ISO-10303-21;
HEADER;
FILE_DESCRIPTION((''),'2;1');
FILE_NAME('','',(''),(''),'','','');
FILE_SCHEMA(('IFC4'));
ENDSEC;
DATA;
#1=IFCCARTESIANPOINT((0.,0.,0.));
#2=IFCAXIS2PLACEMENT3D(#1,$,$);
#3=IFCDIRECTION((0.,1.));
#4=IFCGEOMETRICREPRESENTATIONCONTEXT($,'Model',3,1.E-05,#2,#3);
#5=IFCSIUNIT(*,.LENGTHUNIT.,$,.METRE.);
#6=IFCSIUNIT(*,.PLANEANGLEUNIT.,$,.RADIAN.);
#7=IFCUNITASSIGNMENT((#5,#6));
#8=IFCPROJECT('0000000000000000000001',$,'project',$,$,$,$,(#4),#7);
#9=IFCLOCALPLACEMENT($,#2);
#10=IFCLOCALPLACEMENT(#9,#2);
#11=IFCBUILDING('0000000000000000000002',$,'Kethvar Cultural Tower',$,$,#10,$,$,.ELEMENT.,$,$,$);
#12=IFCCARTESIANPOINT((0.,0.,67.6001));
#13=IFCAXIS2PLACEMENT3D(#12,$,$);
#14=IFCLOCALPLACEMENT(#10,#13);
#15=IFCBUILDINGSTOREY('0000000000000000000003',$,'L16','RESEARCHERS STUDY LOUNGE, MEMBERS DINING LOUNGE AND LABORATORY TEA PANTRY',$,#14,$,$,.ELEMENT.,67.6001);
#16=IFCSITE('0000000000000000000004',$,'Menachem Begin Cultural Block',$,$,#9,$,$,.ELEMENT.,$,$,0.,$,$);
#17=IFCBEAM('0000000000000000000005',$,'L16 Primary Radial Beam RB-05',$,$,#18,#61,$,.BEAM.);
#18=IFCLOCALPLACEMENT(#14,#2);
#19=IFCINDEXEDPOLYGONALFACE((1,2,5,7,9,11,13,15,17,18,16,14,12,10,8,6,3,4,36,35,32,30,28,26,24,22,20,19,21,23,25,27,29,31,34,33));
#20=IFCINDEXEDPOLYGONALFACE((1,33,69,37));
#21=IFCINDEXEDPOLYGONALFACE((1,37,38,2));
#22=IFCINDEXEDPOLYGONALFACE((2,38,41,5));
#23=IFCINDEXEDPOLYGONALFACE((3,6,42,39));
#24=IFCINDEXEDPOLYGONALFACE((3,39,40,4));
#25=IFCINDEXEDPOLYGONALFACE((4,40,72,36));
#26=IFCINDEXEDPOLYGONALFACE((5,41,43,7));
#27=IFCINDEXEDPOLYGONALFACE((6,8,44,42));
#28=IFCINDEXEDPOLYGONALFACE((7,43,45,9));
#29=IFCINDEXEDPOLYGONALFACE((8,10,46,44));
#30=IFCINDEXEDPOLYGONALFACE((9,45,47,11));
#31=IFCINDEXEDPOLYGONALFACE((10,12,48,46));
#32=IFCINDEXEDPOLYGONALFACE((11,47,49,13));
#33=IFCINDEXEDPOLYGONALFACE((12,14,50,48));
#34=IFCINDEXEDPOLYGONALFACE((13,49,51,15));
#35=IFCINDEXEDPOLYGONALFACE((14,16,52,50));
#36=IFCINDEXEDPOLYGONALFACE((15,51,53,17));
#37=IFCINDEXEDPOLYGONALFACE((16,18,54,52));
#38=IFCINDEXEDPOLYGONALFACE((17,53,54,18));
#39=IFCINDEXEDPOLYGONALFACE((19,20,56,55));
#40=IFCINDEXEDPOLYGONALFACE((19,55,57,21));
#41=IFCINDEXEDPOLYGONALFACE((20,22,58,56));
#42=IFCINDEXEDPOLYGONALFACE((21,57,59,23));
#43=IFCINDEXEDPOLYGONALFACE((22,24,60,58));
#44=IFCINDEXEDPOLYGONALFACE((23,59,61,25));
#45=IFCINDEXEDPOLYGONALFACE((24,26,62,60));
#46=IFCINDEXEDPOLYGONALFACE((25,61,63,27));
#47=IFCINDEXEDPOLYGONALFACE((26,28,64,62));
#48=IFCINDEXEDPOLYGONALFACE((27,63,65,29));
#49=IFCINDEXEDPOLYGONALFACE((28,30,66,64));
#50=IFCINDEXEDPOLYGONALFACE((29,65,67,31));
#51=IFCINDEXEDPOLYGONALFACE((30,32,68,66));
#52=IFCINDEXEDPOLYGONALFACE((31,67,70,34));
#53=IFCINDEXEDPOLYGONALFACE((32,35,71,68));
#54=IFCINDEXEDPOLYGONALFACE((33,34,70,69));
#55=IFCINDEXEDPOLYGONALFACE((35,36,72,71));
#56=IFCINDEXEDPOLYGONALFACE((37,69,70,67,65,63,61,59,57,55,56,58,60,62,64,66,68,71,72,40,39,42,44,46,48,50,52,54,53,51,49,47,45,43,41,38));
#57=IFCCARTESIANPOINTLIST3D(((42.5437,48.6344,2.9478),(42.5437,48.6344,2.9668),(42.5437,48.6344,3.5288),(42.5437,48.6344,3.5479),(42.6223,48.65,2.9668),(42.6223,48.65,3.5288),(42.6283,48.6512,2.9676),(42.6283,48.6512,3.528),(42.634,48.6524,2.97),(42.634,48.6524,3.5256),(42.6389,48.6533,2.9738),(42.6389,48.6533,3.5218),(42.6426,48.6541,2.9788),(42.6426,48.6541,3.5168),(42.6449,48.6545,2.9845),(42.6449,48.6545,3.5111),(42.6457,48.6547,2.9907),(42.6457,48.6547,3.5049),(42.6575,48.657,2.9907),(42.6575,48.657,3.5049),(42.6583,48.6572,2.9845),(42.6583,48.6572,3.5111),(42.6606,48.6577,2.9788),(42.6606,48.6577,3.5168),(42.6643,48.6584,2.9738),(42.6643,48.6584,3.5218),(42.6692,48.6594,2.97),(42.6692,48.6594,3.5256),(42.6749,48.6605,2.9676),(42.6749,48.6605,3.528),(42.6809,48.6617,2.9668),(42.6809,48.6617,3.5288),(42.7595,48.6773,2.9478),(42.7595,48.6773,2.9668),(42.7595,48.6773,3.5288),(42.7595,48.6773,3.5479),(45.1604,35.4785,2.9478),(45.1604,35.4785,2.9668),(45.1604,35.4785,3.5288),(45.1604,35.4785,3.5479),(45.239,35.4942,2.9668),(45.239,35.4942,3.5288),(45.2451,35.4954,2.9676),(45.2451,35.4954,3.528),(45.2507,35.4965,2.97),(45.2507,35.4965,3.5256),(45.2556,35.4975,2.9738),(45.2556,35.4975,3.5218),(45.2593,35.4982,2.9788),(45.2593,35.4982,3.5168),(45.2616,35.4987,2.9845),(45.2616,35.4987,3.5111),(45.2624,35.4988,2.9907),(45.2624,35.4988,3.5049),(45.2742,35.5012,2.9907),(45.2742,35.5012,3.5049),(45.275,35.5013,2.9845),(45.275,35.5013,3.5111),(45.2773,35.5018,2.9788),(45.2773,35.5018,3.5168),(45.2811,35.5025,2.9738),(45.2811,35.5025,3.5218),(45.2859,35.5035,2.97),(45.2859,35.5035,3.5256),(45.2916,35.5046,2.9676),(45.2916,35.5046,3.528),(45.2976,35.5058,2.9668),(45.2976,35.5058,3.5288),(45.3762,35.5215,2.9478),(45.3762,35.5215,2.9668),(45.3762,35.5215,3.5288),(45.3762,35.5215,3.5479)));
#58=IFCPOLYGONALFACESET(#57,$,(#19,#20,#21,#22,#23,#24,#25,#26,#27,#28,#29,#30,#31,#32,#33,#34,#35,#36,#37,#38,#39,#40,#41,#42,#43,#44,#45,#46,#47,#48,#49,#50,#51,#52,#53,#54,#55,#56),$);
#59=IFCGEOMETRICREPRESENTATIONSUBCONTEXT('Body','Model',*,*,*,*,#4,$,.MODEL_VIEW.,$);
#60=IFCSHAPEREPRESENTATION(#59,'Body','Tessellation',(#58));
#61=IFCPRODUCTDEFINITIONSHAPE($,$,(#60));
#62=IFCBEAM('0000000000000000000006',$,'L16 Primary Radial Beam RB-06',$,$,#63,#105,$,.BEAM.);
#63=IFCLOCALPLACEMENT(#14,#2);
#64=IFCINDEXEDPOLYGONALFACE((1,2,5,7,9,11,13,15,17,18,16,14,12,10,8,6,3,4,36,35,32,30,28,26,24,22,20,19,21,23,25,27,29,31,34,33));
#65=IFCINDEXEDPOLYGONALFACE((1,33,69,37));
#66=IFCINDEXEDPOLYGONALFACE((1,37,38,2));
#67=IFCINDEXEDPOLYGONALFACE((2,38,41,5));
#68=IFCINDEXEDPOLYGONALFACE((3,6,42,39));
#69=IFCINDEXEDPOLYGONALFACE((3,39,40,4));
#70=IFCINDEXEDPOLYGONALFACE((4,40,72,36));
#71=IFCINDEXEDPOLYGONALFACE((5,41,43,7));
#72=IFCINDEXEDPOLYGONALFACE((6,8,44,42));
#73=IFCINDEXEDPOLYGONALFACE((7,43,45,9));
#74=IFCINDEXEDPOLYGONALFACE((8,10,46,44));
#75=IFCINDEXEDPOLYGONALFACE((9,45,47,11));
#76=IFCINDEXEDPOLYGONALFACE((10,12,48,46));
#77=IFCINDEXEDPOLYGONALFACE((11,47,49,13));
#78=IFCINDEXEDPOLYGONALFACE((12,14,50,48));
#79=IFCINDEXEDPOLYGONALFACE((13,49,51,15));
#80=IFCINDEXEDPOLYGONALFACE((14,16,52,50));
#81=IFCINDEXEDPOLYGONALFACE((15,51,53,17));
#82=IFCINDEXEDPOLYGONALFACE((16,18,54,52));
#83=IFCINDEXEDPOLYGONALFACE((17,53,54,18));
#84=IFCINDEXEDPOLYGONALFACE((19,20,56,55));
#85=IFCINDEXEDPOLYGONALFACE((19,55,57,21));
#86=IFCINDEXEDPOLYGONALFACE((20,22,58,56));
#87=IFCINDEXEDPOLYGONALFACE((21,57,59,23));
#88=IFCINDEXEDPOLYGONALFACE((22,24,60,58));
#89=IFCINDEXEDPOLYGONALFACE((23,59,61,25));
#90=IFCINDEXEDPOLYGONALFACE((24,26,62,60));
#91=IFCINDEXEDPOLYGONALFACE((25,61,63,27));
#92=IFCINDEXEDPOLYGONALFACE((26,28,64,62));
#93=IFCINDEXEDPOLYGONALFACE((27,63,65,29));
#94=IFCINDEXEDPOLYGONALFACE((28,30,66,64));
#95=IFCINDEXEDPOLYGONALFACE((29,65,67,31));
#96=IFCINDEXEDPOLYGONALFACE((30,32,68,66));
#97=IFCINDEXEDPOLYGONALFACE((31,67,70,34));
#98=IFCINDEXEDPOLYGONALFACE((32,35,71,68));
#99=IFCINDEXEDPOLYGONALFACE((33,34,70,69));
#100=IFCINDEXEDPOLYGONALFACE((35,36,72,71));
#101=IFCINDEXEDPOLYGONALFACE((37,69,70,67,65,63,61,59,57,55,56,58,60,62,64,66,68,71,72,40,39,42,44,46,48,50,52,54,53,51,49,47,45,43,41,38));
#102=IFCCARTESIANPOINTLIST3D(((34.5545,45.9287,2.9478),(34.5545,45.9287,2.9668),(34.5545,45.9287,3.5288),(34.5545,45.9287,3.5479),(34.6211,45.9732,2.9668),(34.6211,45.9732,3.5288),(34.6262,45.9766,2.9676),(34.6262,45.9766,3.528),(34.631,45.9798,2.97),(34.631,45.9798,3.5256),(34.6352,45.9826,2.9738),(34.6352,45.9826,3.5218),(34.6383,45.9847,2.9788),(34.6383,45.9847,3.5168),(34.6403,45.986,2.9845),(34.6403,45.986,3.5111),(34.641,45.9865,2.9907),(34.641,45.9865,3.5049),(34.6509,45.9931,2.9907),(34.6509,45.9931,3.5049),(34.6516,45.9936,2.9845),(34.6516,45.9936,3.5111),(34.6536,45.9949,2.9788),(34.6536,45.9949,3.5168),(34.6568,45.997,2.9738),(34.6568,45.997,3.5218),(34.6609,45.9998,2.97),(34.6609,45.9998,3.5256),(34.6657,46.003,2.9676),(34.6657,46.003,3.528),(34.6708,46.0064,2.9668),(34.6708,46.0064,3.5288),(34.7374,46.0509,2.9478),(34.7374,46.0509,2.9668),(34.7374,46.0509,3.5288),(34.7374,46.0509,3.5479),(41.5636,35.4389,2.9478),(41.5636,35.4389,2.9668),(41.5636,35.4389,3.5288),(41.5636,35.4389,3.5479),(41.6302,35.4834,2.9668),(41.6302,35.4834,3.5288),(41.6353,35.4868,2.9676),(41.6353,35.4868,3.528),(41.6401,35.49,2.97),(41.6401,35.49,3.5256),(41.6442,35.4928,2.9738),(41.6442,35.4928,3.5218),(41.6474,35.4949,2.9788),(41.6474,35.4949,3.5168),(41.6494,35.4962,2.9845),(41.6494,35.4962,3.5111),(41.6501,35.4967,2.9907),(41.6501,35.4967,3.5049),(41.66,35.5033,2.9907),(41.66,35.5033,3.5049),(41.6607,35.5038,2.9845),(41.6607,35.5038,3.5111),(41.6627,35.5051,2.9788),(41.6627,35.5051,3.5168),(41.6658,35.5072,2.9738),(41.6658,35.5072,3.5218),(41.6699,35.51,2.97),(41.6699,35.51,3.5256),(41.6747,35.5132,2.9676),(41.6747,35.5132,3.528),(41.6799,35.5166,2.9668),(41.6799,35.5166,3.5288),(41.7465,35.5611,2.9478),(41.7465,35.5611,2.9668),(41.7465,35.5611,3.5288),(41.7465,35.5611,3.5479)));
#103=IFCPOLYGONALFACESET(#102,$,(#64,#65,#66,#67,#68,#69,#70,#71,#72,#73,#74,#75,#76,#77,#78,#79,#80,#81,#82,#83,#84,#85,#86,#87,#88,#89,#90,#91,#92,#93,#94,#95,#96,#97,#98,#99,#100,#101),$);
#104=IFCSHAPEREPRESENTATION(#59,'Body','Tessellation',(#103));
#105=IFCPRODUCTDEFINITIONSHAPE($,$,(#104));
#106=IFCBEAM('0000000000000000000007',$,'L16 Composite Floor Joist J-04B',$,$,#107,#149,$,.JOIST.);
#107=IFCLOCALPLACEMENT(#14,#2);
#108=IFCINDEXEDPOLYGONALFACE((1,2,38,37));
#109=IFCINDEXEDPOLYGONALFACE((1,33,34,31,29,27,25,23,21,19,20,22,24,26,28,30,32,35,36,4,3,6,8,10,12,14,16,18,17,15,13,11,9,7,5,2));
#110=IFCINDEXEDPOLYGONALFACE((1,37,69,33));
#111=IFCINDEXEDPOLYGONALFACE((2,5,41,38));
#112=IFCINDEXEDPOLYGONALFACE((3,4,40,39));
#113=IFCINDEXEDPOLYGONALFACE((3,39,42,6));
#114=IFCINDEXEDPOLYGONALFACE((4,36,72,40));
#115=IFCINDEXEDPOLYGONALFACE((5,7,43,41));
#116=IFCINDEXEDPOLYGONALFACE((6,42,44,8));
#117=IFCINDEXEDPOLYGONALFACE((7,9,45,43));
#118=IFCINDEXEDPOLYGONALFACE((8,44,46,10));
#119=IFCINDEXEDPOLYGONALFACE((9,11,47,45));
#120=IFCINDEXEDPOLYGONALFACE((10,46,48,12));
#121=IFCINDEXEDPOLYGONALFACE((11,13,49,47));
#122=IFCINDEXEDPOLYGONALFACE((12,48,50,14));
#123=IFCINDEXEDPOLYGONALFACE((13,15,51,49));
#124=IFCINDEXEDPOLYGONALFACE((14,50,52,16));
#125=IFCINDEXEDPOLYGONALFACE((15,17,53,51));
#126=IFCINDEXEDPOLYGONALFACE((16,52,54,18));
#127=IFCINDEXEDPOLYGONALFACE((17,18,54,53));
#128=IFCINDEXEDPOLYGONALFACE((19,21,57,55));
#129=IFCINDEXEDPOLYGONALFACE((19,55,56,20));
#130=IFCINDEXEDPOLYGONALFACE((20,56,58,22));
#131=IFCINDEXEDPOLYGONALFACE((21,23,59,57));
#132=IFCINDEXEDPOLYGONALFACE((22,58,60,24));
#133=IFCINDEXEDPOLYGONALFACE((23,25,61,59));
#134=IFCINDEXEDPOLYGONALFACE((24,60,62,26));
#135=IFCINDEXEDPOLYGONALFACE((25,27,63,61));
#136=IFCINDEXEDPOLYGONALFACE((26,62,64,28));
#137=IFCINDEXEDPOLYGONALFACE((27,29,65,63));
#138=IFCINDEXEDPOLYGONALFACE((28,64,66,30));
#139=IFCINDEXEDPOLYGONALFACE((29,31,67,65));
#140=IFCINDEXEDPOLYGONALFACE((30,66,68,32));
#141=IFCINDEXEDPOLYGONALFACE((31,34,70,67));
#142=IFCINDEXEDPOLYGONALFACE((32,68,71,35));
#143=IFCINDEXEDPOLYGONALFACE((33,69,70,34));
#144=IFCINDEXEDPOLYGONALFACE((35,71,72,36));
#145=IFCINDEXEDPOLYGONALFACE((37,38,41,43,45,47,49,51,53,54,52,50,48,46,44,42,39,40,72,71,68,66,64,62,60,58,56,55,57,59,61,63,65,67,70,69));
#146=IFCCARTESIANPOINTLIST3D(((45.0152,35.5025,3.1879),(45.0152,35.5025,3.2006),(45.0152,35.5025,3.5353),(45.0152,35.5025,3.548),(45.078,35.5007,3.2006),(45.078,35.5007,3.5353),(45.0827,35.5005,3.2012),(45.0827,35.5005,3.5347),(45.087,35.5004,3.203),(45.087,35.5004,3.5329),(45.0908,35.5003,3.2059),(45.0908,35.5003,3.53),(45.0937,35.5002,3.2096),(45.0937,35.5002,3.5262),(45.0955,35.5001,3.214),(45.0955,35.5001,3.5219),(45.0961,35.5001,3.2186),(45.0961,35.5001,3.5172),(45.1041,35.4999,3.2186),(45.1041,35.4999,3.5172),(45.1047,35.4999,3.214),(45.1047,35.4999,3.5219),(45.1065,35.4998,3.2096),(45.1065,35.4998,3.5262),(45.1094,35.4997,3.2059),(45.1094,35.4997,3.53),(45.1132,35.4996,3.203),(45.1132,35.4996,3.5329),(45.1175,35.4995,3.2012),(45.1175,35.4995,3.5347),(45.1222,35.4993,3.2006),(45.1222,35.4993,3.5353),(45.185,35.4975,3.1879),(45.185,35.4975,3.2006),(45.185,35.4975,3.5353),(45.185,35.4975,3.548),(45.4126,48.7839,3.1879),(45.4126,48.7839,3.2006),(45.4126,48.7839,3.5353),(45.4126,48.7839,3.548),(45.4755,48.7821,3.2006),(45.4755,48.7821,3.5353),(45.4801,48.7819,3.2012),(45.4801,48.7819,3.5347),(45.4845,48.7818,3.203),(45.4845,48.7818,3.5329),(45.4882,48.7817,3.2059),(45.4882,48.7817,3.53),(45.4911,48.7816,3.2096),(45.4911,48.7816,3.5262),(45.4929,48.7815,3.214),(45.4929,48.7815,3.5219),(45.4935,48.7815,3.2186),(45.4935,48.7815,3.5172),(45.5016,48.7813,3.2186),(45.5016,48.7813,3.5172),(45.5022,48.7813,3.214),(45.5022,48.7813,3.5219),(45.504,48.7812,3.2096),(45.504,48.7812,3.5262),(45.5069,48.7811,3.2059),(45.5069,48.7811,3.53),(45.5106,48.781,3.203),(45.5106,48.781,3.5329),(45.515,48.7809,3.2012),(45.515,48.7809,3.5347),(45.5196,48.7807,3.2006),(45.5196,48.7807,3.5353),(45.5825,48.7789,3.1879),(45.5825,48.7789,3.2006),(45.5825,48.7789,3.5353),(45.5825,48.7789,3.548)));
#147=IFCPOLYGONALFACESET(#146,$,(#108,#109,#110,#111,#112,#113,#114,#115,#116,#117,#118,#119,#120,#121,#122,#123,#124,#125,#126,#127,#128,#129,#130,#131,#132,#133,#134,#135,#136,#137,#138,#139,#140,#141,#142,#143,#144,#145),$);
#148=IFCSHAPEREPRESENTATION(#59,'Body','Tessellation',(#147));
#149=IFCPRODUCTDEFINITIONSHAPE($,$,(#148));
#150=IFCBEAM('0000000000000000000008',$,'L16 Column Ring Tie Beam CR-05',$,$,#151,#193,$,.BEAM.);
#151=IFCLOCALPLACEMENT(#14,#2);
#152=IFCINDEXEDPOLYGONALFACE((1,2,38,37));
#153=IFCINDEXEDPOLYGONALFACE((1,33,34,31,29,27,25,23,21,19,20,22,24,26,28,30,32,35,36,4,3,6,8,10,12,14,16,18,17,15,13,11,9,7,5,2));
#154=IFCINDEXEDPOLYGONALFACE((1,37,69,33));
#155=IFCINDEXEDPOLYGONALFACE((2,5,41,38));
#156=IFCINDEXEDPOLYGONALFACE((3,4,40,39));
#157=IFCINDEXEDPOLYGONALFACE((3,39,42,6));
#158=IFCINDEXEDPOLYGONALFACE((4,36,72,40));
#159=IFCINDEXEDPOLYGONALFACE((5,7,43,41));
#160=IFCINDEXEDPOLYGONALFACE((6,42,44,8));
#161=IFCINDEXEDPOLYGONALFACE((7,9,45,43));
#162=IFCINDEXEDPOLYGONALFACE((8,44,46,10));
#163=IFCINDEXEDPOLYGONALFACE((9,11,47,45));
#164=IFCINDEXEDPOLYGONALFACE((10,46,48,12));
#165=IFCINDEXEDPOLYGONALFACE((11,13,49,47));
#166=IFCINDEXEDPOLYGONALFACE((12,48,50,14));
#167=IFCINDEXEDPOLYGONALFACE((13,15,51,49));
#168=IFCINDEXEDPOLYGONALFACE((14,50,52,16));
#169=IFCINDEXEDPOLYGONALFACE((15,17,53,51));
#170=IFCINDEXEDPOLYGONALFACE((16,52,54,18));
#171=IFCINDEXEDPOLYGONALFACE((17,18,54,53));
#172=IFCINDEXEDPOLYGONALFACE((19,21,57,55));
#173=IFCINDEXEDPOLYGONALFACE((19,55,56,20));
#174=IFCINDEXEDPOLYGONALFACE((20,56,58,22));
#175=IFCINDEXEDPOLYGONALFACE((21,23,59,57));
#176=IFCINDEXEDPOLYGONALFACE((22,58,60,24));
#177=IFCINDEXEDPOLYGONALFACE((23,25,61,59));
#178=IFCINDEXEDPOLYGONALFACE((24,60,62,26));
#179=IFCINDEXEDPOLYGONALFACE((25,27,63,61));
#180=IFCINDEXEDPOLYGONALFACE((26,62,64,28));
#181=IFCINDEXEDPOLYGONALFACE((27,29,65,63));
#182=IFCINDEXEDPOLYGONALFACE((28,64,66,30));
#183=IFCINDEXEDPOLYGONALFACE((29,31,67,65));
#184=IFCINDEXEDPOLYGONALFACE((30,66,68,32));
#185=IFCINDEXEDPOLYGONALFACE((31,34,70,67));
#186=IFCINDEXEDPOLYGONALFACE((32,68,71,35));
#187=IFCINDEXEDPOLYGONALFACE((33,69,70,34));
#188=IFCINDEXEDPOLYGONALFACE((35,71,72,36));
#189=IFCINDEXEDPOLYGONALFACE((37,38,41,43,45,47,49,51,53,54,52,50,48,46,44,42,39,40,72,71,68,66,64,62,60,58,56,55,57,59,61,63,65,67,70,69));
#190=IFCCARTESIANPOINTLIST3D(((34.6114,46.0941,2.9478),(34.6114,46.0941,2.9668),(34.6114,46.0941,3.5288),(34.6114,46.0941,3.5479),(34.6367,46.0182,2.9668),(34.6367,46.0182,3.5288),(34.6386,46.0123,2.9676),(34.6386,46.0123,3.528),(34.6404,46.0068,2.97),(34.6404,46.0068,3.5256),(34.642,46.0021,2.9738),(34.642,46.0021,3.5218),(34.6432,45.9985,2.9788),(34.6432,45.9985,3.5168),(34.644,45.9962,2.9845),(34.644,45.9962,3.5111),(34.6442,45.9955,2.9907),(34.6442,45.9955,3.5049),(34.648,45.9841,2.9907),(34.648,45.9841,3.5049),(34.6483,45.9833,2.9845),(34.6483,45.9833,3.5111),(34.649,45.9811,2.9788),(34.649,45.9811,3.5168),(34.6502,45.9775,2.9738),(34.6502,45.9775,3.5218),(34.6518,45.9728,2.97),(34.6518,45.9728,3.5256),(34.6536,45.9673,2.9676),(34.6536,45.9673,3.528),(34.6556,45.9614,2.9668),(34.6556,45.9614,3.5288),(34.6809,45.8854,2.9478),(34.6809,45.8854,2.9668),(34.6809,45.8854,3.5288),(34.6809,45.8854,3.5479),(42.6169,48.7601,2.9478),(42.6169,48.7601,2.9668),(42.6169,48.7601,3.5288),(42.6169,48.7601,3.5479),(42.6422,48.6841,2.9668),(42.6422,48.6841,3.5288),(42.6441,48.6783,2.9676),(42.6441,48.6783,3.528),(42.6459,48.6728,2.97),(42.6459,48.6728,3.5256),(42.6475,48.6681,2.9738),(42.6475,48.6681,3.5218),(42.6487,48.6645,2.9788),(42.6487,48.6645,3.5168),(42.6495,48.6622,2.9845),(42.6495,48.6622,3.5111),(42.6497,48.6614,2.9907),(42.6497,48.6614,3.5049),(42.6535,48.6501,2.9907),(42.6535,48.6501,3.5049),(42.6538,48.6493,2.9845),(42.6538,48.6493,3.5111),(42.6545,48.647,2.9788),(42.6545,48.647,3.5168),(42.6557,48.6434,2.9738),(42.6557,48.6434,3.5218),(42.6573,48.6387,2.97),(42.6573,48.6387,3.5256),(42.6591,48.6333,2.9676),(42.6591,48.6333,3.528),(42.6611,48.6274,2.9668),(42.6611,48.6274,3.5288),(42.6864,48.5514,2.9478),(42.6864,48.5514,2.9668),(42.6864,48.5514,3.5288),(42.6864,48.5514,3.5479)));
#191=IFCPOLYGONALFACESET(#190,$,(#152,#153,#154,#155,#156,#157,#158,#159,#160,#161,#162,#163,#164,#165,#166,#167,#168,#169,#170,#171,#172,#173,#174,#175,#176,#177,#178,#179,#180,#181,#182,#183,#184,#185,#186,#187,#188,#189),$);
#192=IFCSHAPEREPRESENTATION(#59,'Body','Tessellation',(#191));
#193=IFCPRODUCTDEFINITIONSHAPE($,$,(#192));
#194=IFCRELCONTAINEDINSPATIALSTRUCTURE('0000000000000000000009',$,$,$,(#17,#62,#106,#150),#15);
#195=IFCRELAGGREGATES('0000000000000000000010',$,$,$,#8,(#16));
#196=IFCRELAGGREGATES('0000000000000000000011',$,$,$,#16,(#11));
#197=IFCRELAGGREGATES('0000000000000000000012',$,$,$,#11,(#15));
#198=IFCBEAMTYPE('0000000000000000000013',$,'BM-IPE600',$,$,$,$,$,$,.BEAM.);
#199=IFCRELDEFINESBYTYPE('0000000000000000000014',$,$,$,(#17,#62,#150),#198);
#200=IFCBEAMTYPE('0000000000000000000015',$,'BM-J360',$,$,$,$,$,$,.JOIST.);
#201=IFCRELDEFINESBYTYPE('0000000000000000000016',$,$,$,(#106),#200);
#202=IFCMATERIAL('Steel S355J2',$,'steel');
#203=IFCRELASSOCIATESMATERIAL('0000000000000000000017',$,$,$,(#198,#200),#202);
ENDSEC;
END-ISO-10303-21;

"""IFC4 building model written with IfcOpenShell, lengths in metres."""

from ifc_helpers import new_model, si_unit, direction, frame, origin, origin_2d, place, context, subcontext, project, spatial, i_section, extrude, source, transform, mapped, material, material_profile, profile_set, type_object, element, save


model = new_model("IFC4")

# Units and contexts
model_context = context("Model", 3, precision=1e-05, world=origin(), true_north=direction((0.0, 1.0)))
body_context = subcontext(model_context, "Body", "Model", "MODEL_VIEW")
ifc_project = project(units=[si_unit("LENGTHUNIT", "METRE"), si_unit("PLANEANGLEUNIT", "RADIAN")], contexts=[model_context])

# Site, building, storey
site_placement = place(None, origin())
site = spatial("IfcSite", under=ifc_project, at=site_placement, Name="Menachem Begin Cultural Block", CompositionType="ELEMENT", RefElevation=0.0)
building_placement = place(site_placement, origin())
building = spatial("IfcBuilding", under=site, at=building_placement, Name="Kethvar Cultural Tower", CompositionType="ELEMENT")
storey_placement = place(building_placement, frame((0.0, 0.0, 67.6001)))
storey = spatial("IfcBuildingStorey", under=building, at=storey_placement, Name="L16", Description="RESEARCHERS STUDY LOUNGE, MEMBERS DINING LOUNGE AND LABORATORY TEA PANTRY", CompositionType="ELEMENT", Elevation=67.6001)

# Beams
ifc_material_1 = material(Name="Steel S355J2", Category="steel")
ifc_material_profile_1 = material_profile(ifc_material_1, i_section(OverallWidth=0.22, OverallDepth=0.6001, WebThickness=0.012, FlangeThickness=0.019, FilletRadius=0.0239, at=origin_2d()), Name="Steel S355J2 — IPE600")
ifc_profile_set_1 = profile_set([ifc_material_profile_1], Name="Steel S355J2 — IPE600")
beam_type_1 = type_object("IfcBeamType", Name="BM-IPE600", PredefinedType="BEAM", material=ifc_profile_set_1)
shared_shape_1 = source(origin(), body_context, "Body", "SweptSolid", [
    extrude(i_section(OverallWidth=0.22, OverallDepth=0.6001, WebThickness=0.012, FlangeThickness=0.019, FilletRadius=0.0239, at=origin_2d()), origin(), (0.0, 0.0, 1.0), 13.4136),
])
beam_1_placement = place(storey_placement, frame((45.2683, 35.5, 3.2478), z_axis=(-0.19508, 0.980787, 0.0), x_axis=(-0.980787, -0.19508, 0.0)))
element("IfcBeam", 1, at=beam_1_placement, inside=storey, type_object=beam_type_1, Name="L16 Primary Radial Beam RB-05", PredefinedType="BEAM", context=body_context, shape_type="MappedRepresentation", body=[
    mapped(shared_shape_1, transform((0.0, 0.0, 0.0), scale=1.0)),
])
shared_shape_2 = source(origin(), body_context, "Body", "SweptSolid", [
    extrude(i_section(OverallWidth=0.22, OverallDepth=0.6001, WebThickness=0.012, FlangeThickness=0.019, FilletRadius=0.0239, at=origin_2d()), origin(), (0.0, 0.0, 1.0), 12.616),
])
beam_2_placement = place(storey_placement, frame((41.655, 35.5, 3.2478), z_axis=(-0.555571, 0.831469, 0.0), x_axis=(-0.831469, -0.555571, 0.0)))
element("IfcBeam", 2, at=beam_2_placement, inside=storey, type_object=beam_type_1, Name="L16 Primary Radial Beam RB-06", PredefinedType="BEAM", context=body_context, shape_type="MappedRepresentation", body=[
    mapped(shared_shape_2, transform((0.0, 0.0, 0.0), scale=1.0)),
])
ifc_material_profile_2 = material_profile(ifc_material_1, i_section(OverallWidth=0.1699, OverallDepth=0.3601, WebThickness=0.0081, FlangeThickness=0.0127, FilletRadius=0.0181, at=origin_2d()), Name="Steel S355J2 — IPE360")
ifc_profile_set_2 = profile_set([ifc_material_profile_2], Name="Steel S355J2 — IPE360")
beam_type_2 = type_object("IfcBeamType", Name="BM-J360", PredefinedType="JOIST", material=ifc_profile_set_2)
shared_shape_3 = source(origin(), body_context, "Body", "SweptSolid", [
    extrude(i_section(OverallWidth=0.1699, OverallDepth=0.3601, WebThickness=0.0081, FlangeThickness=0.0127, FilletRadius=0.0181, at=origin_2d()), origin(), (0.0, 0.0, 1.0), 13.2874),
])
beam_3_placement = place(storey_placement, frame((45.1001, 35.5, 3.3679), z_axis=(0.029913, 0.999553, 0.0), x_axis=(-0.999553, 0.029913, 0.0)))
element("IfcBeam", 3, at=beam_3_placement, inside=storey, type_object=beam_type_2, Name="L16 Composite Floor Joist J-04B", PredefinedType="JOIST", context=body_context, shape_type="MappedRepresentation", body=[
    mapped(shared_shape_3, transform((0.0, 0.0, 0.0), scale=1.0)),
])
shared_shape_4 = source(origin(), body_context, "Body", "SweptSolid", [
    extrude(i_section(OverallWidth=0.22, OverallDepth=0.6001, WebThickness=0.012, FlangeThickness=0.019, FilletRadius=0.0239, at=origin_2d()), origin(), (0.0, 0.0, 1.0), 8.4377),
])
beam_4_placement = place(storey_placement, frame((42.6516, 48.6558, 3.2478), z_axis=(-0.948773, -0.315959, 0.0), x_axis=(0.315959, -0.948773, 0.0)))
element("IfcBeam", 4, at=beam_4_placement, inside=storey, type_object=beam_type_1, Name="L16 Column Ring Tie Beam CR-05", PredefinedType="BEAM", context=body_context, shape_type="MappedRepresentation", body=[
    mapped(shared_shape_4, transform((0.0, 0.0, 0.0), scale=1.0)),
])

save(model, "model.ifc")
